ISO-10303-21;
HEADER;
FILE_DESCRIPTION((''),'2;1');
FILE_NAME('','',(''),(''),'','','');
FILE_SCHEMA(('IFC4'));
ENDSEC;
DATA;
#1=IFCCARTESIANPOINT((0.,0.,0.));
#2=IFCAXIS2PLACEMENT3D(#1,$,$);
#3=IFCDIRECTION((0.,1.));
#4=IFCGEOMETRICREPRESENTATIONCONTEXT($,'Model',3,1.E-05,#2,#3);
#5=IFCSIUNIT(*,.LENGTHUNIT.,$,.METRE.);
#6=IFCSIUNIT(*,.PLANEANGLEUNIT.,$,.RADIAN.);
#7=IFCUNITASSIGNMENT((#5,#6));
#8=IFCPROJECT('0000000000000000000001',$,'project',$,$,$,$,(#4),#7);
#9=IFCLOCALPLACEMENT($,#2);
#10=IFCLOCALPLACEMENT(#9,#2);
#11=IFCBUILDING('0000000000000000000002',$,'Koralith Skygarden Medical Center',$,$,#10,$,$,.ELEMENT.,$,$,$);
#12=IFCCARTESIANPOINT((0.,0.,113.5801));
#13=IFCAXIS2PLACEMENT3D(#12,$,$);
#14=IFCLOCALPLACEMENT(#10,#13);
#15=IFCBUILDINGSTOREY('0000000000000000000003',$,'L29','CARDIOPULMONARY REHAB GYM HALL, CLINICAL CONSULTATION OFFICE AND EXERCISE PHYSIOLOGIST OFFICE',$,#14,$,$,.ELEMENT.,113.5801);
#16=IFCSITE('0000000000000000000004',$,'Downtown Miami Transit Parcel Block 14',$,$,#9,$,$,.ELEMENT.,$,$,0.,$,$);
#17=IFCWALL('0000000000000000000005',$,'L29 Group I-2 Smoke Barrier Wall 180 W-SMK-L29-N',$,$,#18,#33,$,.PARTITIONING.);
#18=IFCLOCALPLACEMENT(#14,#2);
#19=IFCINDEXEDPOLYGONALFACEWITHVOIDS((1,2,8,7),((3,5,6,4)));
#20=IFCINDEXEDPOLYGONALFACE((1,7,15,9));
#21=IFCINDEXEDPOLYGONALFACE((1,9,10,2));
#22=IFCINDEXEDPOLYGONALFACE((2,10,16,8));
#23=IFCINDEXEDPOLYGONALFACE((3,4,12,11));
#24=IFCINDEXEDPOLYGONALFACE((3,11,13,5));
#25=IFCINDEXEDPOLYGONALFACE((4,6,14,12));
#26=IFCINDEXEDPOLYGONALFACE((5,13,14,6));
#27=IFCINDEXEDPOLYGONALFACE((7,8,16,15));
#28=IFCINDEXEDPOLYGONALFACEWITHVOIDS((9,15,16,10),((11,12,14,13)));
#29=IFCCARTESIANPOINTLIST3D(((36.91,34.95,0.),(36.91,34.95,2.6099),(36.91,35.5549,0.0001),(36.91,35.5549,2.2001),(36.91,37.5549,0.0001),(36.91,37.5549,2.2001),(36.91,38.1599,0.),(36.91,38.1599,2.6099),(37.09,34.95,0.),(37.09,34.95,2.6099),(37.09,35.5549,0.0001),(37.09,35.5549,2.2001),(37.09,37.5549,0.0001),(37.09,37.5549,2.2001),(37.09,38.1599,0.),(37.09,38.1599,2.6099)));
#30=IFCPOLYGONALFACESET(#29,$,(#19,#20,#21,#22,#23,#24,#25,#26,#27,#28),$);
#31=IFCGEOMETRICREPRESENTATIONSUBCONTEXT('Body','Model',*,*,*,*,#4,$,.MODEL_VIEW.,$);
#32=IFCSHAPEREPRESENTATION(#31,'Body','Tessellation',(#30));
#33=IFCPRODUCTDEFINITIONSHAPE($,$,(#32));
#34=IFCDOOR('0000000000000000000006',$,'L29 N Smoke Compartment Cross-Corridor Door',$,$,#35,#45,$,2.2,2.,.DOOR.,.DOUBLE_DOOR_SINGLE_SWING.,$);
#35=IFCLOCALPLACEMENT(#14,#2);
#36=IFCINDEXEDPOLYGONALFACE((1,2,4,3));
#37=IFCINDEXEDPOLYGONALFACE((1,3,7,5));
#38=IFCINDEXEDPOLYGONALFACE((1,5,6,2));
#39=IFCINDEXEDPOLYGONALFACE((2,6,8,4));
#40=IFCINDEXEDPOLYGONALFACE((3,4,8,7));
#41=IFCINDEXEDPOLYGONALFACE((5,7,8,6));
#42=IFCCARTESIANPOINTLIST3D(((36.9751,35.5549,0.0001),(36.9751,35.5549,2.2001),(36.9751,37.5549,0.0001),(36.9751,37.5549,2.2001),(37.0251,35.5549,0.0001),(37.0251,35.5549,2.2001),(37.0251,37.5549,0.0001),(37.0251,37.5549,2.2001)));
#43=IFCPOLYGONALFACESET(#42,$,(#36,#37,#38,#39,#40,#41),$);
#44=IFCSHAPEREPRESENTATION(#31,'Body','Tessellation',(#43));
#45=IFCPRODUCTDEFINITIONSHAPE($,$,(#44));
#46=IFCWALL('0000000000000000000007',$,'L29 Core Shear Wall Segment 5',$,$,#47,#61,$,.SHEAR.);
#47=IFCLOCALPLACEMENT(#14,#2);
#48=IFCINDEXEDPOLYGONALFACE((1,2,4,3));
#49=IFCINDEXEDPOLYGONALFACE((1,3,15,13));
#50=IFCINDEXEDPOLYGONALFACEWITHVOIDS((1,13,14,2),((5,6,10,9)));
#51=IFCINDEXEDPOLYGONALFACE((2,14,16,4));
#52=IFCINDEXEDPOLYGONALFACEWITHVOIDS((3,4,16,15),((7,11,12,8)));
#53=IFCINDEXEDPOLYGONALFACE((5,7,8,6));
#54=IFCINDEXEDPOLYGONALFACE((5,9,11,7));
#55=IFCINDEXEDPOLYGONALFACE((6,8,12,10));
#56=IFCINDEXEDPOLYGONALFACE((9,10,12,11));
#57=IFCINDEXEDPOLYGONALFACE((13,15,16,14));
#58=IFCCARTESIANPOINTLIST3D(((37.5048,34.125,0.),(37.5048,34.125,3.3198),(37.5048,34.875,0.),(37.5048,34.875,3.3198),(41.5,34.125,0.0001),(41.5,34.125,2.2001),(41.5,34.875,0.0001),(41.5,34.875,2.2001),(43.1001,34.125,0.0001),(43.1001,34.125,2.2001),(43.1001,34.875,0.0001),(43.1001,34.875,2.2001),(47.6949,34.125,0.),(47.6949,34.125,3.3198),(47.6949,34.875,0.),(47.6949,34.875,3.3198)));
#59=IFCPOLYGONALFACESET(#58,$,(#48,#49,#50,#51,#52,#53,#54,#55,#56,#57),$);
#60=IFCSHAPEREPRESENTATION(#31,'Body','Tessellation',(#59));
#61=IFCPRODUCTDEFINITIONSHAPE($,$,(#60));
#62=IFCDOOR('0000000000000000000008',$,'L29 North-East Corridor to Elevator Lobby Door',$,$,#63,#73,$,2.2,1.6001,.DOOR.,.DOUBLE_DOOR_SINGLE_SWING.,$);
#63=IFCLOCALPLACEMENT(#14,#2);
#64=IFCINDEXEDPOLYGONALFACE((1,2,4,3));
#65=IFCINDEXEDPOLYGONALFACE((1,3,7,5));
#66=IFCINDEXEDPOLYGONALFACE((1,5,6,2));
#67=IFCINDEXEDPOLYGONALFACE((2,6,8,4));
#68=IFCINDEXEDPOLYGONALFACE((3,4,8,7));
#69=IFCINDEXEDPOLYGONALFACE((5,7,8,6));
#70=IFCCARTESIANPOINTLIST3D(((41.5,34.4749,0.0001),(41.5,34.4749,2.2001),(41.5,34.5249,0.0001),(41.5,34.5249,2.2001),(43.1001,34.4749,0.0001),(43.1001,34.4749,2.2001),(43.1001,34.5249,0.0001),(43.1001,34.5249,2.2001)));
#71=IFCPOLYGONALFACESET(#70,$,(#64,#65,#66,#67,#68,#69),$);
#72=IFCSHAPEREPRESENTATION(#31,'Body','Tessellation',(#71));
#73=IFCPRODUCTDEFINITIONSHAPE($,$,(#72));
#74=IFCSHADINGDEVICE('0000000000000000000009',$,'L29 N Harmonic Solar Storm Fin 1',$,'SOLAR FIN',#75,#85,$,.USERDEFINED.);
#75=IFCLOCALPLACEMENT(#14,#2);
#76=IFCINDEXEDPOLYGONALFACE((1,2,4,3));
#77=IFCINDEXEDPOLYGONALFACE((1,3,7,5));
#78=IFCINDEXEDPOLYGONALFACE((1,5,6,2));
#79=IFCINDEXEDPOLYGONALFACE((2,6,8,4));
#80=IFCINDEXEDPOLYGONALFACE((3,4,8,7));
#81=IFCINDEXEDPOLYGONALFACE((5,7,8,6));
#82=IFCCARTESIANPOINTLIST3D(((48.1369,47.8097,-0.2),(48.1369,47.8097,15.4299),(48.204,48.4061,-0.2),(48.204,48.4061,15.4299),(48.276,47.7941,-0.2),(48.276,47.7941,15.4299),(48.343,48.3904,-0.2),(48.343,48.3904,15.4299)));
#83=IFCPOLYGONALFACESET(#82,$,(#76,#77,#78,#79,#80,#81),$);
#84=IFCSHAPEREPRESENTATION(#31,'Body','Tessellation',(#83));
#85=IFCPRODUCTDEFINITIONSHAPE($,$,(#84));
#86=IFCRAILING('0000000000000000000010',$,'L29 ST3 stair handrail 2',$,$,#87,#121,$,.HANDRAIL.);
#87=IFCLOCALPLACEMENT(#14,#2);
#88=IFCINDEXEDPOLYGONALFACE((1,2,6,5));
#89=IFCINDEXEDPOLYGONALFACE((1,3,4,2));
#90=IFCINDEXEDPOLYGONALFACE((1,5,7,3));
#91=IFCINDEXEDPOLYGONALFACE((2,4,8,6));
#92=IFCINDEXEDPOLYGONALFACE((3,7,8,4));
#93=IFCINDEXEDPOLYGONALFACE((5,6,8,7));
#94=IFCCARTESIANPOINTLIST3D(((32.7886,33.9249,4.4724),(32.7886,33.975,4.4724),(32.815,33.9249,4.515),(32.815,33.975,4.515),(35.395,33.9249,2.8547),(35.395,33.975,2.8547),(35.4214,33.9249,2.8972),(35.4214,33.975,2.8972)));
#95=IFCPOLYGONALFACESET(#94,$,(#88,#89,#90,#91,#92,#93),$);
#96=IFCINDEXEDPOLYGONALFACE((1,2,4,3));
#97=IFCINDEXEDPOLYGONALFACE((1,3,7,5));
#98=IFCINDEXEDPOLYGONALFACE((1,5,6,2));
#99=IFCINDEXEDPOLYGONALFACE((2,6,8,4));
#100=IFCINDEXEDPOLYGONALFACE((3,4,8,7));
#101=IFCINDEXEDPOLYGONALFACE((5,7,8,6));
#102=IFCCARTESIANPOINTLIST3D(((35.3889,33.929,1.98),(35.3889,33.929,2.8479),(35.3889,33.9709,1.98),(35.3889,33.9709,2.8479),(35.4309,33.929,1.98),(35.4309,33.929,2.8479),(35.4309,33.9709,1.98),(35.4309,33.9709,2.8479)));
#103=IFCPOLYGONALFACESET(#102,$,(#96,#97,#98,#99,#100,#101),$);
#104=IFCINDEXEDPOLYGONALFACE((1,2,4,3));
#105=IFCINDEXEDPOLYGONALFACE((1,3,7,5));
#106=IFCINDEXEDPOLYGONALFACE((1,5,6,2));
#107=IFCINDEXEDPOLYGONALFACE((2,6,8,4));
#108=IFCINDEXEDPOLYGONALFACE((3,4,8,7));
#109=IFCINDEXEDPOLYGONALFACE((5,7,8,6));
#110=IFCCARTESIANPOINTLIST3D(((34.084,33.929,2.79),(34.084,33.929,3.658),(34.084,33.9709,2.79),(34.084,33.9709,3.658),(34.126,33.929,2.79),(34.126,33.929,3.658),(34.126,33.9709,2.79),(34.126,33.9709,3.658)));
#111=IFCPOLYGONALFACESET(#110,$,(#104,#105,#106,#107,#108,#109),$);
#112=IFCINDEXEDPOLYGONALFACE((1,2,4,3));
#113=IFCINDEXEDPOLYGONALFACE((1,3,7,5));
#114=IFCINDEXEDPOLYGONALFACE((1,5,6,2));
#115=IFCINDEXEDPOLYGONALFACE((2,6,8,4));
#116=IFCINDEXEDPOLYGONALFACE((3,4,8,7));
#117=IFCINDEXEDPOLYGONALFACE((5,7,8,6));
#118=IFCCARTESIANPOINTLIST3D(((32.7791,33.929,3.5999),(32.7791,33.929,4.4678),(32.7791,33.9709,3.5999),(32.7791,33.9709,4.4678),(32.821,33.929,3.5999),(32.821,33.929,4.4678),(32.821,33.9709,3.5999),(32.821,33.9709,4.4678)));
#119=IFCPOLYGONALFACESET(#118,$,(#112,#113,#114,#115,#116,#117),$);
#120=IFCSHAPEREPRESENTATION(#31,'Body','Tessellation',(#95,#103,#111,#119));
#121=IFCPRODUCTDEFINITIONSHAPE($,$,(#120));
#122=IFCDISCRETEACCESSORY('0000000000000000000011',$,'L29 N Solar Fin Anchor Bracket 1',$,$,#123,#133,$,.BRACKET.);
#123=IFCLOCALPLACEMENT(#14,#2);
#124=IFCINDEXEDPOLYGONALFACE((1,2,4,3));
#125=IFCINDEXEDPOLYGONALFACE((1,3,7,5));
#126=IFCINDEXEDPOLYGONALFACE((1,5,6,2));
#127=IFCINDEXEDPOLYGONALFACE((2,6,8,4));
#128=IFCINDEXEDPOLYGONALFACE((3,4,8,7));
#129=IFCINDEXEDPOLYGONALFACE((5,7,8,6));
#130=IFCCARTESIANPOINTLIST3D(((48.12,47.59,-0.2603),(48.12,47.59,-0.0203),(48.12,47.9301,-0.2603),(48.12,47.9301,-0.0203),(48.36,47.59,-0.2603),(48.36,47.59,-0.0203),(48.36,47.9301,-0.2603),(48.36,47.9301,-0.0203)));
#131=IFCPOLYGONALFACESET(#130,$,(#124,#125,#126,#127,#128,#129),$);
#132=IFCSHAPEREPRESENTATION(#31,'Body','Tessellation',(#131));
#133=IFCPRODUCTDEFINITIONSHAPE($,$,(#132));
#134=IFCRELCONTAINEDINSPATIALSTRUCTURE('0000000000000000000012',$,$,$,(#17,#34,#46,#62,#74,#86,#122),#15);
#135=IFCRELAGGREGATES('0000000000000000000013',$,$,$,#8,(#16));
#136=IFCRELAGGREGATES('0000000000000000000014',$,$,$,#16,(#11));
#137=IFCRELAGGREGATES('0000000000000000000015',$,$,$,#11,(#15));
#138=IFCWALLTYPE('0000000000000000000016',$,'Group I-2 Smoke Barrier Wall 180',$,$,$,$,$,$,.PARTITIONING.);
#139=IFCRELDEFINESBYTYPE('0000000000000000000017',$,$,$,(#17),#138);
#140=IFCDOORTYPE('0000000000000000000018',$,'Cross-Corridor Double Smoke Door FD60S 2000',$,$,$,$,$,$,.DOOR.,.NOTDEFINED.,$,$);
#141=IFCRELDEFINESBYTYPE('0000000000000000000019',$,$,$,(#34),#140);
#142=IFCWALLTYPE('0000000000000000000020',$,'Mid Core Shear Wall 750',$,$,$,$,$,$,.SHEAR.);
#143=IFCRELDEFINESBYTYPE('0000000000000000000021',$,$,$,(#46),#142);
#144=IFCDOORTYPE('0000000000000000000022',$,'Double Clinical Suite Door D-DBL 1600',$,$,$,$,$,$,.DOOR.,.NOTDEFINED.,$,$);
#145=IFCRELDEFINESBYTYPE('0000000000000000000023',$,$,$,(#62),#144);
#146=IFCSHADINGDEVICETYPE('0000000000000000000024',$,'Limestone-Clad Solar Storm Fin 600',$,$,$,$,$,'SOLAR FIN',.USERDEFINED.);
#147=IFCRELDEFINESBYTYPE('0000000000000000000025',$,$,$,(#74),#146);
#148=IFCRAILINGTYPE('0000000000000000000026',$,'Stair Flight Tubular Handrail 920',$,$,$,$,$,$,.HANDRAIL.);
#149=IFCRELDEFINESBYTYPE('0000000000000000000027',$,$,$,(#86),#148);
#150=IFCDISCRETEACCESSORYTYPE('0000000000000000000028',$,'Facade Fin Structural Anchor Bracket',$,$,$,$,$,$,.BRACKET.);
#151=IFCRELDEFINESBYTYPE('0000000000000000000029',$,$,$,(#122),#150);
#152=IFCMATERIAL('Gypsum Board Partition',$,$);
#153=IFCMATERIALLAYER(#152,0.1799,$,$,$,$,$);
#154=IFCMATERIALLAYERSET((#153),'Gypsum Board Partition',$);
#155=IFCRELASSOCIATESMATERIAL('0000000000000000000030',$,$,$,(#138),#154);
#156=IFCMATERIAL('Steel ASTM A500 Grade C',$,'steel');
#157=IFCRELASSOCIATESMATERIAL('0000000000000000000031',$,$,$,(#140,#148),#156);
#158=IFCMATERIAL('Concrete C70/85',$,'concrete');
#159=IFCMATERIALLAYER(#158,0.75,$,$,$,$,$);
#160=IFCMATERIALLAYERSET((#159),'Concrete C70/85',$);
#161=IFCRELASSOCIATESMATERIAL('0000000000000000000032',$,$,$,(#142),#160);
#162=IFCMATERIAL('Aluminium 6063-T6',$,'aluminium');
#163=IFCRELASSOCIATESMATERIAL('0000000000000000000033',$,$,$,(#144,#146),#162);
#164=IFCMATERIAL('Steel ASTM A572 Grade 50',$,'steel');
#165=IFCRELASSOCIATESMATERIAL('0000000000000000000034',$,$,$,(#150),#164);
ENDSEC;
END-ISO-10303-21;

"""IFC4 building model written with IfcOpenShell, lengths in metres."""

from ifc_helpers import new_model, si_unit, direction, frame, frame_2d, origin, origin_2d, place, context, subcontext, project, spatial, rectangle, extrude, material, layer, layer_set, type_object, element, fill, save


model = new_model("IFC4")

# Units and contexts
model_context = context("Model", 3, precision=1e-05, world=origin(), true_north=direction((0.0, 1.0)))
body_context = subcontext(model_context, "Body", "Model", "MODEL_VIEW")
ifc_project = project(units=[si_unit("LENGTHUNIT", "METRE"), si_unit("PLANEANGLEUNIT", "RADIAN")], contexts=[model_context])

# Site, building, storey
site_placement = place(None, origin())
site = spatial("IfcSite", under=ifc_project, at=site_placement, Name="Downtown Miami Transit Parcel Block 14", CompositionType="ELEMENT", RefElevation=0.0)
building_placement = place(site_placement, origin())
building = spatial("IfcBuilding", under=site, at=building_placement, Name="Koralith Skygarden Medical Center", CompositionType="ELEMENT")
storey_placement = place(building_placement, frame((0.0, 0.0, 113.5801)))
storey = spatial("IfcBuildingStorey", under=building, at=storey_placement, Name="L29", Description="CARDIOPULMONARY REHAB GYM HALL, CLINICAL CONSULTATION OFFICE AND EXERCISE PHYSIOLOGIST OFFICE", CompositionType="ELEMENT", Elevation=113.5801)

# Shared definitions
ifc_material_1 = material(Name="Concrete C70/85", Category="concrete")

# Shared definitions
ifc_material_2 = material(Name="Aluminium 6063-T6", Category="aluminium")

# Shared definitions
ifc_material_3 = material(Name="Gypsum Board Partition")

# Walls, openings, doors
ifc_layer_1 = layer(ifc_material_3, 0.1799)
ifc_layer_set_1 = layer_set([ifc_layer_1], Name="Gypsum Board Partition")
wall_type_1 = type_object("IfcWallType", Name="Group I-2 Smoke Barrier Wall 180", PredefinedType="PARTITIONING", material=ifc_layer_set_1)
wall_1_placement = place(storey_placement, frame((37.0, 34.95, 0.0), z_axis=(0.0, 0.0, 1.0), x_axis=(0.0, 1.0, 0.0)))
wall_1 = element("IfcWall", 1, at=wall_1_placement, inside=storey, type_object=wall_type_1, Name="L29 Group I-2 Smoke Barrier Wall 180 W-SMK-L29-N", PredefinedType="PARTITIONING", context=body_context, shape_type="SweptSolid", body=[
    extrude(rectangle(XDim=3.21, YDim=0.1799, at=frame_2d((1.605, 0.0))), origin(), (0.0, 0.0, 1.0), 2.6099),
])
opening_1_placement = place(wall_1_placement, frame((0.605, 0.0, 0.0)))
opening_1 = element("IfcOpeningElement", 2, at=opening_1_placement, cuts=wall_1, PredefinedType="OPENING", context=body_context, shape_type="SweptSolid", body=[
    extrude(rectangle(XDim=2.0, YDim=2.2, at=frame_2d((1.0, 1.1001))), frame((0.0, 0.0999, 0.0), z_axis=(0.0, -1.0, 0.0), x_axis=(1.0, 0.0, 0.0)), (0.0, 0.0, 1.0), 0.2),
])
ifc_material_4 = material(Name="Steel ASTM A500 Grade C", Category="steel")
door_type_1 = type_object("IfcDoorType", Name="Cross-Corridor Double Smoke Door FD60S 2000", OperationType="NOTDEFINED", PredefinedType="DOOR", material=ifc_material_4)
door_1_placement = place(opening_1_placement, origin())
door_1 = element("IfcDoor", 3, at=door_1_placement, inside=storey, type_object=door_type_1, Name="L29 N Smoke Compartment Cross-Corridor Door", OperationType="DOUBLE_DOOR_SINGLE_SWING", OverallHeight=2.2, OverallWidth=2.0, PredefinedType="DOOR", context=body_context, shape_type="SweptSolid", body=[
    extrude(rectangle(XDim=2.0, YDim=2.2, at=frame_2d((1.0, 1.1001))), frame((0.0, 0.0249, 0.0), z_axis=(0.0, -1.0, 0.0), x_axis=(1.0, 0.0, 0.0)), (0.0, 0.0, 1.0), 0.05),
])
fill(opening_1, door_1)
ifc_layer_2 = layer(ifc_material_1, 0.75)
ifc_layer_set_2 = layer_set([ifc_layer_2], Name="Concrete C70/85")
wall_type_2 = type_object("IfcWallType", Name="Mid Core Shear Wall 750", PredefinedType="SHEAR", material=ifc_layer_set_2)
wall_2_placement = place(storey_placement, frame((47.6951, 34.5, 0.0), z_axis=(0.0, 0.0, 1.0), x_axis=(-1.0, 0.0, 0.0)))
wall_2 = element("IfcWall", 4, at=wall_2_placement, inside=storey, type_object=wall_type_2, Name="L29 Core Shear Wall Segment 5", PredefinedType="SHEAR", context=body_context, shape_type="SweptSolid", body=[
    extrude(rectangle(XDim=10.1902, YDim=0.75, at=frame_2d((5.0952, 0.0))), origin(), (0.0, 0.0, 1.0), 3.3198),
])
opening_2_placement = place(wall_2_placement, frame((4.595, 0.0, 0.0)))
opening_2 = element("IfcOpeningElement", 5, at=opening_2_placement, cuts=wall_2, PredefinedType="OPENING", context=body_context, shape_type="SweptSolid", body=[
    extrude(rectangle(XDim=1.6001, YDim=2.2, at=frame_2d((0.8, 1.1001))), frame((0.0, 0.385, 0.0), z_axis=(0.0, -1.0, 0.0), x_axis=(1.0, 0.0, 0.0)), (0.0, 0.0, 1.0), 0.77),
])
door_type_2 = type_object("IfcDoorType", Name="Double Clinical Suite Door D-DBL 1600", OperationType="NOTDEFINED", PredefinedType="DOOR", material=ifc_material_2)
door_2_placement = place(opening_2_placement, frame((1.6001, 0.0, 0.0), z_axis=(0.0, 0.0, 1.0), x_axis=(-1.0, 0.0, 0.0)))
door_2 = element("IfcDoor", 6, at=door_2_placement, inside=storey, type_object=door_type_2, Name="L29 North-East Corridor to Elevator Lobby Door", OperationType="DOUBLE_DOOR_SINGLE_SWING", OverallHeight=2.2, OverallWidth=1.6001, PredefinedType="DOOR", context=body_context, shape_type="SweptSolid", body=[
    extrude(rectangle(XDim=1.6001, YDim=2.2, at=frame_2d((0.8, 1.1001))), frame((0.0, 0.0249, 0.0), z_axis=(0.0, -1.0, 0.0), x_axis=(1.0, 0.0, 0.0)), (0.0, 0.0, 1.0), 0.05),
])
fill(opening_2, door_2)

# Shading device
shading_device_type = type_object("IfcShadingDeviceType", Name="Limestone-Clad Solar Storm Fin 600", ElementType="SOLAR FIN", PredefinedType="USERDEFINED", material=ifc_material_2)
shading_device_placement = place(storey_placement, frame((48.24, 48.1001, -0.2), z_axis=(0.0, 0.0, 1.0), x_axis=(0.111781, 0.993733, 0.0)))
element("IfcShadingDevice", 7, at=shading_device_placement, inside=storey, type_object=shading_device_type, Name="L29 N Harmonic Solar Storm Fin 1", ObjectType="SOLAR FIN", PredefinedType="USERDEFINED", context=body_context, shape_type="SweptSolid", body=[
    extrude(rectangle(XDim=0.6001, YDim=0.1399, at=origin_2d()), origin(), (0.0, 0.0, 1.0), 15.6299),
])

# Railing
railing_type = type_object("IfcRailingType", Name="Stair Flight Tubular Handrail 920", PredefinedType="HANDRAIL", material=ifc_material_4)
railing_placement = place(storey_placement, frame((35.4099, 33.95, 1.98)))
element("IfcRailing", 8, at=railing_placement, inside=storey, type_object=railing_type, Name="L29 ST3 stair handrail 2", PredefinedType="HANDRAIL", context=body_context, shape_type="SweptSolid", body=[
    extrude(rectangle(XDim=0.05, YDim=0.05, at=origin_2d()), frame((-0.0017, 0.0, 0.896), z_axis=(-0.849646, 0.0, 0.527353), x_axis=(0.0, -1.0, 0.0)), (0.0, 0.0, 1.0), 3.0676),
    extrude(rectangle(XDim=0.042, YDim=0.042, at=origin_2d()), origin(), (0.0, 0.0, 1.0), 0.8679),
    extrude(rectangle(XDim=0.042, YDim=0.042, at=origin_2d()), frame((-1.3049, 0.0, 0.8101)), (0.0, 0.0, 1.0), 0.8679),
    extrude(rectangle(XDim=0.042, YDim=0.042, at=origin_2d()), frame((-2.6099, 0.0, 1.6199)), (0.0, 0.0, 1.0), 0.8679),
])

# Discrete accessory
ifc_material_5 = material(Name="Steel ASTM A572 Grade 50", Category="steel")
discrete_accessory_type = type_object("IfcDiscreteAccessoryType", Name="Facade Fin Structural Anchor Bracket", PredefinedType="BRACKET", material=ifc_material_5)
discrete_accessory_placement = place(storey_placement, frame((48.24, 47.76, -0.2603), z_axis=(0.0, 0.0, 1.0), x_axis=(0.0, 1.0, 0.0)))
element("IfcDiscreteAccessory", 9, at=discrete_accessory_placement, inside=storey, type_object=discrete_accessory_type, Name="L29 N Solar Fin Anchor Bracket 1", PredefinedType="BRACKET", context=body_context, shape_type="SweptSolid", body=[
    extrude(rectangle(XDim=0.3401, YDim=0.24, at=origin_2d()), origin(), (0.0, 0.0, 1.0), 0.24),
])

save(model, "model.ifc")
